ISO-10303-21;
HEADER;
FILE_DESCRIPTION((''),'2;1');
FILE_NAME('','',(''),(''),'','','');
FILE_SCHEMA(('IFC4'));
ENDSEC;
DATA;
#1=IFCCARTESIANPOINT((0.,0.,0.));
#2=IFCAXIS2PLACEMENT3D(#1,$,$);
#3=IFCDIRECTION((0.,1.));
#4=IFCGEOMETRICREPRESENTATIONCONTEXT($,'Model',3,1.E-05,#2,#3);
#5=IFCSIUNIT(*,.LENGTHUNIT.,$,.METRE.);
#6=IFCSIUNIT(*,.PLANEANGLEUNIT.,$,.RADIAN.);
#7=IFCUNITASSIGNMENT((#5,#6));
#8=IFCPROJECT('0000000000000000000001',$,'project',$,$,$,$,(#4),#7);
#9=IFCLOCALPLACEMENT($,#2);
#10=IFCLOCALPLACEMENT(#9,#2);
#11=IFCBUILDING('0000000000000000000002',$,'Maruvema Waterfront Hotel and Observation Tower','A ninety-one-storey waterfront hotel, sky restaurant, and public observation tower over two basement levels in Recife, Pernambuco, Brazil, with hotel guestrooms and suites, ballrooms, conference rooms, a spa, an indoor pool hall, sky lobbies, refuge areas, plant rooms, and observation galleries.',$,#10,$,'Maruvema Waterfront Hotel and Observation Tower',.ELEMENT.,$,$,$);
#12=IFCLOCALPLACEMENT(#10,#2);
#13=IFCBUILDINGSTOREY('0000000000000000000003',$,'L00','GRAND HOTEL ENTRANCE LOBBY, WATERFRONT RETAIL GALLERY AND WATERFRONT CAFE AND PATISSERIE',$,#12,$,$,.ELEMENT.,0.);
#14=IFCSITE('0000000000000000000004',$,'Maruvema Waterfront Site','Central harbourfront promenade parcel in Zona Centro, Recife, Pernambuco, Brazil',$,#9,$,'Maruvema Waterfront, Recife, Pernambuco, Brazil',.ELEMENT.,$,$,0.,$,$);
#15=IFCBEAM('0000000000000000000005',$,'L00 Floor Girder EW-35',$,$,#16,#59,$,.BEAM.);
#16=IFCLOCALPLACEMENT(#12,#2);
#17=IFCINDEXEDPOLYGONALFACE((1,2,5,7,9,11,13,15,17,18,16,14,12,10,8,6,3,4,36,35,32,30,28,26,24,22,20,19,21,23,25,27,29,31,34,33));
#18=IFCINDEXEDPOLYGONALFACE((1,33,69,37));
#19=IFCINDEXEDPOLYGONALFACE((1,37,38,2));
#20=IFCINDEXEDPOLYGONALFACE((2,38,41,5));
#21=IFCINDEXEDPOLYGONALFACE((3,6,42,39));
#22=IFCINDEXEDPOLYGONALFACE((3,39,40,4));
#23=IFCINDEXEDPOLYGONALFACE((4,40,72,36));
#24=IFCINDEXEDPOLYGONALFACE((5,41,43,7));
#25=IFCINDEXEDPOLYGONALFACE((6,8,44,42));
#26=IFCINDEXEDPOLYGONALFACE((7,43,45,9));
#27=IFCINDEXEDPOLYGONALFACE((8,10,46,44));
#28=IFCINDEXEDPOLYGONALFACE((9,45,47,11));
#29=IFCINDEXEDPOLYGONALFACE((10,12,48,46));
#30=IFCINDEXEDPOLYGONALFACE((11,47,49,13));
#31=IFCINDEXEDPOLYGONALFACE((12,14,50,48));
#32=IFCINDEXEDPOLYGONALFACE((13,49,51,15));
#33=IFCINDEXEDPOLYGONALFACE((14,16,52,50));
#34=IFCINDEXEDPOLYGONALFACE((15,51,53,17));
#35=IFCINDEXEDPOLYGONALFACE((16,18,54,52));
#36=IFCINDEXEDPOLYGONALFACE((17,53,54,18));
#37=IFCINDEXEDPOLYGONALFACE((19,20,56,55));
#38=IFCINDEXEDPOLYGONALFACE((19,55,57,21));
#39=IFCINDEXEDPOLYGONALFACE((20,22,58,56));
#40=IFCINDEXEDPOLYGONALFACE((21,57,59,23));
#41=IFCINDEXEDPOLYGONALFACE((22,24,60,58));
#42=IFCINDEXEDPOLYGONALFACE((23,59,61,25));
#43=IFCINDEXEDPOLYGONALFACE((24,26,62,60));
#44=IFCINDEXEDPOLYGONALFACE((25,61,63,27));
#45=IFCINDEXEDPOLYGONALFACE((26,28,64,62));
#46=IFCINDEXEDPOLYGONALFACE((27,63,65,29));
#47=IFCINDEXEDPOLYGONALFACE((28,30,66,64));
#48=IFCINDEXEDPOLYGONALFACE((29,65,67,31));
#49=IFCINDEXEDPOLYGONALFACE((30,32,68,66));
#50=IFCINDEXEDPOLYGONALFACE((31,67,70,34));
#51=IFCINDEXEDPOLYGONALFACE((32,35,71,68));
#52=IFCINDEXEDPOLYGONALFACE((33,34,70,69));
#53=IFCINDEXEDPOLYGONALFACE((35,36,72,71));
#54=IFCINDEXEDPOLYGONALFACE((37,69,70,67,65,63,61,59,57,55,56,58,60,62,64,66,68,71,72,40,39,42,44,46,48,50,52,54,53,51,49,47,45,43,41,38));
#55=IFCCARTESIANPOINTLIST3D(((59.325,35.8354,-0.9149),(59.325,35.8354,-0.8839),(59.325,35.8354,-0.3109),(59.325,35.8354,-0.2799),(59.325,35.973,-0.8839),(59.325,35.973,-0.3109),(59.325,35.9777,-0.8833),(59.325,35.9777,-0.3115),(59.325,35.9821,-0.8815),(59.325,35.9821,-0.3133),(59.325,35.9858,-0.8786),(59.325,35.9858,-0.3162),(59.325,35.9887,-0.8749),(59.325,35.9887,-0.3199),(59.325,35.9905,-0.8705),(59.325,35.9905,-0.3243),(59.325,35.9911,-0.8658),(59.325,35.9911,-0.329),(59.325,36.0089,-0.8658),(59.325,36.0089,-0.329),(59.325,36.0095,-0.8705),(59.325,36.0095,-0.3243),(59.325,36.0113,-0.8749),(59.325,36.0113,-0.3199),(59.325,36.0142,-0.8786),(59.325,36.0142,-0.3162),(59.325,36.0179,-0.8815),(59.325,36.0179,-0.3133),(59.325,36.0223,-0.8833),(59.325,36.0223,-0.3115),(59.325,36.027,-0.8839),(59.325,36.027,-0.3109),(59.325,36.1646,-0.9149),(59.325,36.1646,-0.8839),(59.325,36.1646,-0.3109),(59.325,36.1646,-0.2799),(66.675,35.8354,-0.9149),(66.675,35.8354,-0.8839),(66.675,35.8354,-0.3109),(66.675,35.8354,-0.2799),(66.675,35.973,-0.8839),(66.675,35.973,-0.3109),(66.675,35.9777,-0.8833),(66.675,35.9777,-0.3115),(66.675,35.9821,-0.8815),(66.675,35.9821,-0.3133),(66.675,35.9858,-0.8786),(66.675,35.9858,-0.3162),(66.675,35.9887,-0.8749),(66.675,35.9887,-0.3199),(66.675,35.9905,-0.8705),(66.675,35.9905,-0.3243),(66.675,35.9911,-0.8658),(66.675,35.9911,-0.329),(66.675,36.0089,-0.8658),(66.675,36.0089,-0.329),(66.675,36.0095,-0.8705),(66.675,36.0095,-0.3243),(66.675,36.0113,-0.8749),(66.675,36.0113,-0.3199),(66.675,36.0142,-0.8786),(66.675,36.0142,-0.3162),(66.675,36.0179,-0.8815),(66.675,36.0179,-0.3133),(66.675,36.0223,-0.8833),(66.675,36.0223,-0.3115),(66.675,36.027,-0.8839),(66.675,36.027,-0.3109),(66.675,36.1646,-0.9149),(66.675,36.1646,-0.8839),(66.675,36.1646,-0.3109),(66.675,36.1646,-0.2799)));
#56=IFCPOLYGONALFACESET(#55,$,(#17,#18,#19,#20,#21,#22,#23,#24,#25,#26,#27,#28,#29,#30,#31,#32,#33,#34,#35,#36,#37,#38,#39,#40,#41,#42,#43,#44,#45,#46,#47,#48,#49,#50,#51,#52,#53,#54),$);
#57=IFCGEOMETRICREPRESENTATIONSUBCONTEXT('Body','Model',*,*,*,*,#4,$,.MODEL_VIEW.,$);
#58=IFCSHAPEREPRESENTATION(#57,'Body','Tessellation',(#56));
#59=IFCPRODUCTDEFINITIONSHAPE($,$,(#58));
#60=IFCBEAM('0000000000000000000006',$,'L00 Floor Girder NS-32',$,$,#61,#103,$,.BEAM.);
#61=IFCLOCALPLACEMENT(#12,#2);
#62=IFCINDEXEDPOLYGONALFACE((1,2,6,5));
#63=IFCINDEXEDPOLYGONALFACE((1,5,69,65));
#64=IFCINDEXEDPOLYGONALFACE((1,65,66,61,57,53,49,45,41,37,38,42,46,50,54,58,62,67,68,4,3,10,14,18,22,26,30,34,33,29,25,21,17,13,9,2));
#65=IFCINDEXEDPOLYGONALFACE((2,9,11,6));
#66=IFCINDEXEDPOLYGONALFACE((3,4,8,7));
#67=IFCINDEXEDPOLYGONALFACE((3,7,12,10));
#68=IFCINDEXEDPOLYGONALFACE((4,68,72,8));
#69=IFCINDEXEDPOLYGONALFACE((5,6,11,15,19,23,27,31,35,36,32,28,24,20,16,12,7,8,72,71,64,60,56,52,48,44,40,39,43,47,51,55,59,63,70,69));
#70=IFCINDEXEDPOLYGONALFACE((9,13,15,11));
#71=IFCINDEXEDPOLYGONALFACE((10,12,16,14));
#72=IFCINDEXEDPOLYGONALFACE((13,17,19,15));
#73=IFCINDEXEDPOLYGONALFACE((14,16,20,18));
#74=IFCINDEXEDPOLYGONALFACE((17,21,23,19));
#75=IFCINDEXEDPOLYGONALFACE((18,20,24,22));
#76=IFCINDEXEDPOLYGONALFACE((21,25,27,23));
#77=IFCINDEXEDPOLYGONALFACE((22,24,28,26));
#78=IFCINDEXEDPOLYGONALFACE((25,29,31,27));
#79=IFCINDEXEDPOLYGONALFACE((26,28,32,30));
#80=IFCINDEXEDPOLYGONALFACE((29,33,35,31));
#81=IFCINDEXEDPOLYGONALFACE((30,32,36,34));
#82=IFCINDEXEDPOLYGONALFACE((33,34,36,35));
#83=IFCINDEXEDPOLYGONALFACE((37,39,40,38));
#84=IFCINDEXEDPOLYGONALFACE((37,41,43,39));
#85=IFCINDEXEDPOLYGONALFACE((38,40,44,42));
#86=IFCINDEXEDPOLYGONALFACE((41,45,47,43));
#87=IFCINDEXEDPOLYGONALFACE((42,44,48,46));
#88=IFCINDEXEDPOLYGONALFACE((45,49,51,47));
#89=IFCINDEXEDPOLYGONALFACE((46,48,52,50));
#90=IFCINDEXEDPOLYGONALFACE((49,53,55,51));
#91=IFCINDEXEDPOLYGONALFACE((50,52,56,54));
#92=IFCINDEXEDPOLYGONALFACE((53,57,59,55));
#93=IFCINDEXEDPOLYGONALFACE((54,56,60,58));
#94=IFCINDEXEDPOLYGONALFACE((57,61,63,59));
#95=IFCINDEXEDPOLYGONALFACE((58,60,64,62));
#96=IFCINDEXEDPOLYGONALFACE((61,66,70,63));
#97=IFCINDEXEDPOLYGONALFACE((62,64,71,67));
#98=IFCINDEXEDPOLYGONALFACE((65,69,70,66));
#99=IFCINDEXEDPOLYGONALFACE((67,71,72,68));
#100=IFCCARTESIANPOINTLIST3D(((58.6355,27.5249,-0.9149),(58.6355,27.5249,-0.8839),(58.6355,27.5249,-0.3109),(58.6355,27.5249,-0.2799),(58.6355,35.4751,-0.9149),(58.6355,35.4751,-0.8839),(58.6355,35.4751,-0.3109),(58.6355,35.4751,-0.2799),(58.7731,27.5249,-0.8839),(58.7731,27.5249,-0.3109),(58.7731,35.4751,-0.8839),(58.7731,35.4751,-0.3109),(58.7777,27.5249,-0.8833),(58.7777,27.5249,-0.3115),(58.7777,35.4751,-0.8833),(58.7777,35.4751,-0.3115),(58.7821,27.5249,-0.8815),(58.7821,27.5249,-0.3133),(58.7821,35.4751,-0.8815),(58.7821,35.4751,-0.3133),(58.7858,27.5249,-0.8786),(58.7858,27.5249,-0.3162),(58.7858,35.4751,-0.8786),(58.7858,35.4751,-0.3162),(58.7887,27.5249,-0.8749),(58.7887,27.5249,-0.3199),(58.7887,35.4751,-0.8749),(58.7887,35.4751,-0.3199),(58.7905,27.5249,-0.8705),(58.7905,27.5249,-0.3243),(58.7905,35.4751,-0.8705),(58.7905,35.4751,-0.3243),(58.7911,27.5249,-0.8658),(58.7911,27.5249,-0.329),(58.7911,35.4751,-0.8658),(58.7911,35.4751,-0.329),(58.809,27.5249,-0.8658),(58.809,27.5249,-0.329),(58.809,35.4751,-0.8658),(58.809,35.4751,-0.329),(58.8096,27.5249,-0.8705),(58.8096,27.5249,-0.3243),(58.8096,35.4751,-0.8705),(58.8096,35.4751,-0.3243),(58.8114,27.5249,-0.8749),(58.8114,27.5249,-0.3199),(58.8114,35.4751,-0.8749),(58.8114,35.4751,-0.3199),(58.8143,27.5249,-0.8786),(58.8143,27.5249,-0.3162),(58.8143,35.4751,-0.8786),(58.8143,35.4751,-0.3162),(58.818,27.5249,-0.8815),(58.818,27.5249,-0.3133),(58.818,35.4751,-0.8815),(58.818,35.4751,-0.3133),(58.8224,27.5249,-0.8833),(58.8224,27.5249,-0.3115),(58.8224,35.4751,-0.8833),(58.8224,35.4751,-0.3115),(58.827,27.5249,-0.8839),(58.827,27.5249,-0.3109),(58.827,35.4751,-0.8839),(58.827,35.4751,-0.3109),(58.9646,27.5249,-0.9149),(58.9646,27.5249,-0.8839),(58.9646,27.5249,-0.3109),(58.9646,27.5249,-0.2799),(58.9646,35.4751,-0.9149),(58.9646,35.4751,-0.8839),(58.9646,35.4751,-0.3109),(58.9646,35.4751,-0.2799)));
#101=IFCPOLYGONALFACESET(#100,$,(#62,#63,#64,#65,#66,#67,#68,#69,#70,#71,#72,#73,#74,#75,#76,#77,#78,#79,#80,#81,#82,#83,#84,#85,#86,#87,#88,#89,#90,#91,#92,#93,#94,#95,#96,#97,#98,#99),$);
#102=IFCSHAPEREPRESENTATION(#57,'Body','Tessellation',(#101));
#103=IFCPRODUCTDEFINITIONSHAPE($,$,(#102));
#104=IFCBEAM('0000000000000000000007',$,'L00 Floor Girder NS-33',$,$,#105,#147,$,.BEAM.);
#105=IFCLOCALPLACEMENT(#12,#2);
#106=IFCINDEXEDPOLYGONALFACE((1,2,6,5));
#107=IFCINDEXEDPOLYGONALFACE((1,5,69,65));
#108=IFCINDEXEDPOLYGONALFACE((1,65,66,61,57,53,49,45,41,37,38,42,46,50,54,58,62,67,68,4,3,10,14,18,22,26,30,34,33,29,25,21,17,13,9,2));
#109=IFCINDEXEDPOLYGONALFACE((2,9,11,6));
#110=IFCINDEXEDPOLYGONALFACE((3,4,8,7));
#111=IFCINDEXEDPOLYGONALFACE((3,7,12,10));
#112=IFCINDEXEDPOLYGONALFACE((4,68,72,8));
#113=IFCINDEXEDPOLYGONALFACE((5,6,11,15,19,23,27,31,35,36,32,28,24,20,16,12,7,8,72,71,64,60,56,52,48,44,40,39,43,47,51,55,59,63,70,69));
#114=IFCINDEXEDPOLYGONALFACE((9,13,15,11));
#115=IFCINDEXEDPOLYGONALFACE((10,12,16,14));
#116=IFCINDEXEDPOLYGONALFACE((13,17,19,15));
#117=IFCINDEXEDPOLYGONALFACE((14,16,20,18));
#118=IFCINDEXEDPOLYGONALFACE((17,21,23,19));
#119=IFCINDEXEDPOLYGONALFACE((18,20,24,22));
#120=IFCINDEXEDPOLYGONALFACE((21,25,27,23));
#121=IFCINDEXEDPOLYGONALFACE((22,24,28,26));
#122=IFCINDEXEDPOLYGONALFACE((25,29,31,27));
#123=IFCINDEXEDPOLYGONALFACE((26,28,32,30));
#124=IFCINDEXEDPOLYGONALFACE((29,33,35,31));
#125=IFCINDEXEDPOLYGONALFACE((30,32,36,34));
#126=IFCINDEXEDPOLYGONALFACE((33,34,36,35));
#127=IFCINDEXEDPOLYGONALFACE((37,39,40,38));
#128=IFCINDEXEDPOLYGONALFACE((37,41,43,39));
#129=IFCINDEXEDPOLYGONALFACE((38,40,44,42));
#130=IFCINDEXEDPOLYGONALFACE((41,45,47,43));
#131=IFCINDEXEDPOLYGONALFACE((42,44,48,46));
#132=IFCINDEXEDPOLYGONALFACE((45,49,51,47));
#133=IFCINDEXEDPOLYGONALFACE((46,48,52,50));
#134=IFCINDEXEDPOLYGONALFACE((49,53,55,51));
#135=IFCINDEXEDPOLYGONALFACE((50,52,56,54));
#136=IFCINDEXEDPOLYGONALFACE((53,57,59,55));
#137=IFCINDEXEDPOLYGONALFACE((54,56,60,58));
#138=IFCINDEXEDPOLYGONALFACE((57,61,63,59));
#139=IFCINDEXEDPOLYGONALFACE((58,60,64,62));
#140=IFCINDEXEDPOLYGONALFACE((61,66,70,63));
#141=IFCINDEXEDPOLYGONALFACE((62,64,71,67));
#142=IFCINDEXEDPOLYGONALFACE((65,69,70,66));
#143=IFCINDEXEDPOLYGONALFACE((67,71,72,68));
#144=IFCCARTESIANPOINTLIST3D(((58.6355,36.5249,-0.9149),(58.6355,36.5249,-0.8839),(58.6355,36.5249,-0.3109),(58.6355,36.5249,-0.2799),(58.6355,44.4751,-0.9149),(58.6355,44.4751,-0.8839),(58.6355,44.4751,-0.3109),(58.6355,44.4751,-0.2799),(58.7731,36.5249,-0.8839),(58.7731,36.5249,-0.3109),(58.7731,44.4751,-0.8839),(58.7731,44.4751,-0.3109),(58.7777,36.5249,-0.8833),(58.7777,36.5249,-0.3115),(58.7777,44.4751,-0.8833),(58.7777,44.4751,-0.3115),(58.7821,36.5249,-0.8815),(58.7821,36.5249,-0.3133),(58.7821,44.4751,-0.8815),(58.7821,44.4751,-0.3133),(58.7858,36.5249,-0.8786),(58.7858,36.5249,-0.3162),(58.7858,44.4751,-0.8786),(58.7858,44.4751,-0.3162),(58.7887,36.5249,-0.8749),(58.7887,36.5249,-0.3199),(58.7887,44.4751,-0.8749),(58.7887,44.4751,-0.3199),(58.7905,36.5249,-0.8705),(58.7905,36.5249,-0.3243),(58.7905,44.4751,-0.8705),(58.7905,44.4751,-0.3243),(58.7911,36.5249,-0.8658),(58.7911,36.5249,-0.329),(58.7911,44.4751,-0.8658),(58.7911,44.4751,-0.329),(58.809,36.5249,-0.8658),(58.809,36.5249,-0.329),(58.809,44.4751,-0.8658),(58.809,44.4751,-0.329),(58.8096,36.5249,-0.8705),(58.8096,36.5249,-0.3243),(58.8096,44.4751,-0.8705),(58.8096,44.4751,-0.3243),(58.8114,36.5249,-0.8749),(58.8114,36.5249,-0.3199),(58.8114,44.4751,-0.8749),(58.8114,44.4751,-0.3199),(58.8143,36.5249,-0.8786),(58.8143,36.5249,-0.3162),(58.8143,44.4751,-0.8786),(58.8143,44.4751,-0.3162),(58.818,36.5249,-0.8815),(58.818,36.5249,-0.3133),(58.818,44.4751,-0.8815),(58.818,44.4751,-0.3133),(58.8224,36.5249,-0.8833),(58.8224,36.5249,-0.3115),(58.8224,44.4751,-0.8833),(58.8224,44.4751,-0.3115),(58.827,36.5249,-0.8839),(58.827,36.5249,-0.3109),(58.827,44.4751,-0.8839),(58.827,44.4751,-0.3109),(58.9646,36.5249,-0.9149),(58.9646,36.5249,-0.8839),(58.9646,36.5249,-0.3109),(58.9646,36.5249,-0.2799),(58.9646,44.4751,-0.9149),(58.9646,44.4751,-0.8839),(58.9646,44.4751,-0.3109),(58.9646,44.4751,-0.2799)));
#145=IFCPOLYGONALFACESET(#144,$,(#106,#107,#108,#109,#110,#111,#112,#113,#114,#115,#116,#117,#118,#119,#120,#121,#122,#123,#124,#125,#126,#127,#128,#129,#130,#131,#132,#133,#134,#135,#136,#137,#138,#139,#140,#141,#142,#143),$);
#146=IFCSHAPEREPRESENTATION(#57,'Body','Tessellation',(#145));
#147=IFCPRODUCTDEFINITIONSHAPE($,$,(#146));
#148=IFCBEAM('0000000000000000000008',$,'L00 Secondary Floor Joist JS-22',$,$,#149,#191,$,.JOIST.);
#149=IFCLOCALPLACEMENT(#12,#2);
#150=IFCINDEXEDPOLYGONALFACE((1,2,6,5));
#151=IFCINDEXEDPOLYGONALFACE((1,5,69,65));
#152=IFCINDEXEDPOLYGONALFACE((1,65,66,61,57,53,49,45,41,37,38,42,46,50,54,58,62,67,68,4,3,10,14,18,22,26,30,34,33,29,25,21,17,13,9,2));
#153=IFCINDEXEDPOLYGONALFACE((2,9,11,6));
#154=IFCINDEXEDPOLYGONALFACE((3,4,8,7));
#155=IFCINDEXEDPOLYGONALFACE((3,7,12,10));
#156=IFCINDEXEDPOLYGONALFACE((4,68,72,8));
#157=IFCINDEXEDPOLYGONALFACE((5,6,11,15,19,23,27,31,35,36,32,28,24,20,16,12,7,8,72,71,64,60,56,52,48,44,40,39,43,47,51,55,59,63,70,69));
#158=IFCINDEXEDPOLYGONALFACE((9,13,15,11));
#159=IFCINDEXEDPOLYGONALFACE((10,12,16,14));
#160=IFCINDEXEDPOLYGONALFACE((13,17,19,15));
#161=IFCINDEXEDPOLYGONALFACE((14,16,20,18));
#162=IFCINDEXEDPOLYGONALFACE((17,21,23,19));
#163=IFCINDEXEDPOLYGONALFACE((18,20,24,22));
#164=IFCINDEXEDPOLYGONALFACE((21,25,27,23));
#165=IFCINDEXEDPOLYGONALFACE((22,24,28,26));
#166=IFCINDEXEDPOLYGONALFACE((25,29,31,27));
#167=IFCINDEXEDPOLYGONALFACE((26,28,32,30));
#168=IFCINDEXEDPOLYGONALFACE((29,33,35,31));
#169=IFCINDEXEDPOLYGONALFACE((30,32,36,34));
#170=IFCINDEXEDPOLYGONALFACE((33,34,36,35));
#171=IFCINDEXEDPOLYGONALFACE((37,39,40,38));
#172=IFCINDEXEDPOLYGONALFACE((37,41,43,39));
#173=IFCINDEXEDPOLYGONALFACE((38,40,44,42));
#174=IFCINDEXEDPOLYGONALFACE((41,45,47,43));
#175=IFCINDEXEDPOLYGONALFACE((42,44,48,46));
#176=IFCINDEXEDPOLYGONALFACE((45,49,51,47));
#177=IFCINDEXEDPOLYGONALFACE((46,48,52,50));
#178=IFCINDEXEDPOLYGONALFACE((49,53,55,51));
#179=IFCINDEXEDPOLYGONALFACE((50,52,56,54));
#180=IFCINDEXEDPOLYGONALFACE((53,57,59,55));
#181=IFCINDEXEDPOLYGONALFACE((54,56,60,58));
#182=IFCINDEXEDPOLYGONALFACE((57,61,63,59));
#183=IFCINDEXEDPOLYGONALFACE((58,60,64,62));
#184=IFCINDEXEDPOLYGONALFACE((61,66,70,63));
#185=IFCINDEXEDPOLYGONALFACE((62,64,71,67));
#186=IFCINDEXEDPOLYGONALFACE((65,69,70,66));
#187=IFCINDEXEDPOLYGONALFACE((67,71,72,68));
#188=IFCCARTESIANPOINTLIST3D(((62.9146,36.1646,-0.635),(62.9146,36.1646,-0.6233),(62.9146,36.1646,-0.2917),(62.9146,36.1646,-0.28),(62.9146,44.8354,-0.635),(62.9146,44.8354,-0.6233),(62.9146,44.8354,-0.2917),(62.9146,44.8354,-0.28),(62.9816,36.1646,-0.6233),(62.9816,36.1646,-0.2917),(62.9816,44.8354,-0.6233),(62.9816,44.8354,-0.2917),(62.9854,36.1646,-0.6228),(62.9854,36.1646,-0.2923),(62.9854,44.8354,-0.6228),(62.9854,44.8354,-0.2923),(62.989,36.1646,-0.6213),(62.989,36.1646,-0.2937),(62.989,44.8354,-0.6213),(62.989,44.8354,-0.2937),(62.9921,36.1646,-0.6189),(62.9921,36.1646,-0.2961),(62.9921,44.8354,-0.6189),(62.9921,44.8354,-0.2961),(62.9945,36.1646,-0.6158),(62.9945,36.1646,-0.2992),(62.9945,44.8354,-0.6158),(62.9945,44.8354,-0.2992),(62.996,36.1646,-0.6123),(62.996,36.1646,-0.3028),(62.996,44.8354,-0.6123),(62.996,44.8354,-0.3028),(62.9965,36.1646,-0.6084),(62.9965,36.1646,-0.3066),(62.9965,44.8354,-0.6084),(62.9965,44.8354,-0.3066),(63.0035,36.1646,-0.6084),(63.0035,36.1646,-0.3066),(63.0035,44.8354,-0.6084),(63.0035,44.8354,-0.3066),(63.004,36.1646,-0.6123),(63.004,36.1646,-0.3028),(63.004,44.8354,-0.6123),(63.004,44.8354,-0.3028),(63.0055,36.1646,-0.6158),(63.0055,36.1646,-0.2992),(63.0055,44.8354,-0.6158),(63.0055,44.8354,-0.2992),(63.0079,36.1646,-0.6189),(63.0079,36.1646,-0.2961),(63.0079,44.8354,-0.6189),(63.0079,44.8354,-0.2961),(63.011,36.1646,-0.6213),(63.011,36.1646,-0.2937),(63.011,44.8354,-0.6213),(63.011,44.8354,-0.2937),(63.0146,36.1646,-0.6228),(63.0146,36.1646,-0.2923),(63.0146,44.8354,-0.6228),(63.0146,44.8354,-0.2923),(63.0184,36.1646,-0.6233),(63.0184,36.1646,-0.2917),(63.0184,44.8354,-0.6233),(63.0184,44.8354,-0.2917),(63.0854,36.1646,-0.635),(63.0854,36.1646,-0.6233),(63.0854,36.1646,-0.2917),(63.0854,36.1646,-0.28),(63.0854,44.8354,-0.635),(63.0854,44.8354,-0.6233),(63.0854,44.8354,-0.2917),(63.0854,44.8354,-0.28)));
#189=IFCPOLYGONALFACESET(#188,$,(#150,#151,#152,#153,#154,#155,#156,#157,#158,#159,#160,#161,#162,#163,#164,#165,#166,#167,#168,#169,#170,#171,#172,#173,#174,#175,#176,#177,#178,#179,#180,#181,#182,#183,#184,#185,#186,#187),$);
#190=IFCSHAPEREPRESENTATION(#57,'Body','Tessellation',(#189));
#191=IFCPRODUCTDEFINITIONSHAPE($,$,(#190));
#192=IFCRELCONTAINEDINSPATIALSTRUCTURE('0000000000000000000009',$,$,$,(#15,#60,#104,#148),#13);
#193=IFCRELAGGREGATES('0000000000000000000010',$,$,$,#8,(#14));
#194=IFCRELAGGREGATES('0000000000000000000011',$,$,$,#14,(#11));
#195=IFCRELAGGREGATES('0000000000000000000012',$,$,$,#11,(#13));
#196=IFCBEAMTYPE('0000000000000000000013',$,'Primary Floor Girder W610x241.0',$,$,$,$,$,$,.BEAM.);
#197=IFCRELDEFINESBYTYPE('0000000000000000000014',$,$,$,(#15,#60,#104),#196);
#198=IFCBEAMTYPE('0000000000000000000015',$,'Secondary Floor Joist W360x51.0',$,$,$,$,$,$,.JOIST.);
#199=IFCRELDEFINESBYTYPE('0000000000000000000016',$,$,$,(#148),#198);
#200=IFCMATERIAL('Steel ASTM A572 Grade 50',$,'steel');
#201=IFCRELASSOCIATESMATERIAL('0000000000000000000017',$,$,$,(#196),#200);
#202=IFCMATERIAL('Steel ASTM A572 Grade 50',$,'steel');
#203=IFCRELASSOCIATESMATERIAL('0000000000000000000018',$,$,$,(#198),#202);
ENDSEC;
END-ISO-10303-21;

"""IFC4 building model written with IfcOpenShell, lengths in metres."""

from ifc_helpers import new_model, si_unit, direction, frame, origin, origin_2d, place, context, subcontext, project, spatial, i_section, extrude, material, material_profile, profile_set, type_object, element, save


model = new_model("IFC4")

# Units and contexts
model_context = context("Model", 3, precision=1e-05, world=origin(), true_north=direction((0.0, 1.0)))
body_context = subcontext(model_context, "Body", "Model", "MODEL_VIEW")
ifc_project = project(units=[si_unit("LENGTHUNIT", "METRE"), si_unit("PLANEANGLEUNIT", "RADIAN")], contexts=[model_context])

# Site, building, storey
site_placement = place(None, origin())
site = spatial("IfcSite", under=ifc_project, at=site_placement, Name="Maruvema Waterfront Site", Description="Central harbourfront promenade parcel in Zona Centro, Recife, Pernambuco, Brazil", LongName="Maruvema Waterfront, Recife, Pernambuco, Brazil", CompositionType="ELEMENT", RefElevation=0.0)
building_placement = place(site_placement, origin())
building = spatial("IfcBuilding", under=site, at=building_placement, Name="Maruvema Waterfront Hotel and Observation Tower", Description="A ninety-one-storey waterfront hotel, sky restaurant, and public observation tower over two basement levels in Recife, Pernambuco, Brazil, with hotel guestrooms and suites, ballrooms, conference rooms, a spa, an indoor pool hall, sky lobbies, refuge areas, plant rooms, and observation galleries.", LongName="Maruvema Waterfront Hotel and Observation Tower", CompositionType="ELEMENT")
storey_placement = place(building_placement, origin())
storey = spatial("IfcBuildingStorey", under=building, at=storey_placement, Name="L00", Description="GRAND HOTEL ENTRANCE LOBBY, WATERFRONT RETAIL GALLERY AND WATERFRONT CAFE AND PATISSERIE", CompositionType="ELEMENT", Elevation=0.0)

# Beams
ifc_material_1 = material(Name="Steel ASTM A572 Grade 50", Category="steel")
ifc_material_profile_1 = material_profile(ifc_material_1, i_section(OverallWidth=0.3291, OverallDepth=0.635, WebThickness=0.0178, FlangeThickness=0.031, FilletRadius=0.0181, at=origin_2d()), Name="W610x241.0")
ifc_profile_set_1 = profile_set([ifc_material_profile_1], Name="Steel ASTM A572 Grade 50")
beam_type_1 = type_object("IfcBeamType", Name="Primary Floor Girder W610x241.0", PredefinedType="BEAM", material=ifc_profile_set_1)
for number, where, z_axis, x_axis, name in (
    (1, (59.325, 36.0, -0.5974), (1.0, 0.0, 0.0), (0.0, 1.0, 0.0), "L00 Floor Girder EW-35"),
):
    element("IfcBeam", number, at=place(storey_placement, frame(where, z_axis=z_axis, x_axis=x_axis)), inside=storey, type_object=beam_type_1, Name=name, PredefinedType="BEAM", context=body_context, shape_type="SweptSolid", body=[
        extrude(i_section(OverallWidth=0.3291, OverallDepth=0.635, WebThickness=0.0178, FlangeThickness=0.031, FilletRadius=0.0181, at=origin_2d()), origin(), (0.0, 0.0, 1.0), 7.3501),
    ])
for number, where, z_axis, x_axis, name in (
    (2, (58.8, 27.5249, -0.5974), (0.0, 1.0, 0.0), (-1.0, 0.0, 0.0), "L00 Floor Girder NS-32"),
    (3, (58.8, 36.5249, -0.5974), (0.0, 1.0, 0.0), (-1.0, 0.0, 0.0), "L00 Floor Girder NS-33"),
):
    element("IfcBeam", number, at=place(storey_placement, frame(where, z_axis=z_axis, x_axis=x_axis)), inside=storey, type_object=beam_type_1, Name=name, PredefinedType="BEAM", context=body_context, shape_type="SweptSolid", body=[
        extrude(i_section(OverallWidth=0.3291, OverallDepth=0.635, WebThickness=0.0178, FlangeThickness=0.031, FilletRadius=0.0181, at=origin_2d()), origin(), (0.0, 0.0, 1.0), 7.9502),
    ])
ifc_material_2 = material(Name="Steel ASTM A572 Grade 50", Category="steel")
ifc_material_profile_2 = material_profile(ifc_material_2, i_section(OverallWidth=0.1709, OverallDepth=0.355, WebThickness=0.0071, FlangeThickness=0.0117, FilletRadius=0.0149, at=origin_2d()), Name="W360x51.0")
ifc_profile_set_2 = profile_set([ifc_material_profile_2], Name="Steel ASTM A572 Grade 50")
beam_type_2 = type_object("IfcBeamType", Name="Secondary Floor Joist W360x51.0", PredefinedType="JOIST", material=ifc_profile_set_2)
beam_1_placement = place(storey_placement, frame((63.0, 36.1646, -0.4575), z_axis=(0.0, 1.0, 0.0), x_axis=(-1.0, 0.0, 0.0)))
element("IfcBeam", 4, at=beam_1_placement, inside=storey, type_object=beam_type_2, Name="L00 Secondary Floor Joist JS-22", PredefinedType="JOIST", context=body_context, shape_type="SweptSolid", body=[
    extrude(i_section(OverallWidth=0.1709, OverallDepth=0.355, WebThickness=0.0071, FlangeThickness=0.0117, FilletRadius=0.0149, at=origin_2d()), origin(), (0.0, 0.0, 1.0), 8.6709),
])

save(model, "model.ifc")
